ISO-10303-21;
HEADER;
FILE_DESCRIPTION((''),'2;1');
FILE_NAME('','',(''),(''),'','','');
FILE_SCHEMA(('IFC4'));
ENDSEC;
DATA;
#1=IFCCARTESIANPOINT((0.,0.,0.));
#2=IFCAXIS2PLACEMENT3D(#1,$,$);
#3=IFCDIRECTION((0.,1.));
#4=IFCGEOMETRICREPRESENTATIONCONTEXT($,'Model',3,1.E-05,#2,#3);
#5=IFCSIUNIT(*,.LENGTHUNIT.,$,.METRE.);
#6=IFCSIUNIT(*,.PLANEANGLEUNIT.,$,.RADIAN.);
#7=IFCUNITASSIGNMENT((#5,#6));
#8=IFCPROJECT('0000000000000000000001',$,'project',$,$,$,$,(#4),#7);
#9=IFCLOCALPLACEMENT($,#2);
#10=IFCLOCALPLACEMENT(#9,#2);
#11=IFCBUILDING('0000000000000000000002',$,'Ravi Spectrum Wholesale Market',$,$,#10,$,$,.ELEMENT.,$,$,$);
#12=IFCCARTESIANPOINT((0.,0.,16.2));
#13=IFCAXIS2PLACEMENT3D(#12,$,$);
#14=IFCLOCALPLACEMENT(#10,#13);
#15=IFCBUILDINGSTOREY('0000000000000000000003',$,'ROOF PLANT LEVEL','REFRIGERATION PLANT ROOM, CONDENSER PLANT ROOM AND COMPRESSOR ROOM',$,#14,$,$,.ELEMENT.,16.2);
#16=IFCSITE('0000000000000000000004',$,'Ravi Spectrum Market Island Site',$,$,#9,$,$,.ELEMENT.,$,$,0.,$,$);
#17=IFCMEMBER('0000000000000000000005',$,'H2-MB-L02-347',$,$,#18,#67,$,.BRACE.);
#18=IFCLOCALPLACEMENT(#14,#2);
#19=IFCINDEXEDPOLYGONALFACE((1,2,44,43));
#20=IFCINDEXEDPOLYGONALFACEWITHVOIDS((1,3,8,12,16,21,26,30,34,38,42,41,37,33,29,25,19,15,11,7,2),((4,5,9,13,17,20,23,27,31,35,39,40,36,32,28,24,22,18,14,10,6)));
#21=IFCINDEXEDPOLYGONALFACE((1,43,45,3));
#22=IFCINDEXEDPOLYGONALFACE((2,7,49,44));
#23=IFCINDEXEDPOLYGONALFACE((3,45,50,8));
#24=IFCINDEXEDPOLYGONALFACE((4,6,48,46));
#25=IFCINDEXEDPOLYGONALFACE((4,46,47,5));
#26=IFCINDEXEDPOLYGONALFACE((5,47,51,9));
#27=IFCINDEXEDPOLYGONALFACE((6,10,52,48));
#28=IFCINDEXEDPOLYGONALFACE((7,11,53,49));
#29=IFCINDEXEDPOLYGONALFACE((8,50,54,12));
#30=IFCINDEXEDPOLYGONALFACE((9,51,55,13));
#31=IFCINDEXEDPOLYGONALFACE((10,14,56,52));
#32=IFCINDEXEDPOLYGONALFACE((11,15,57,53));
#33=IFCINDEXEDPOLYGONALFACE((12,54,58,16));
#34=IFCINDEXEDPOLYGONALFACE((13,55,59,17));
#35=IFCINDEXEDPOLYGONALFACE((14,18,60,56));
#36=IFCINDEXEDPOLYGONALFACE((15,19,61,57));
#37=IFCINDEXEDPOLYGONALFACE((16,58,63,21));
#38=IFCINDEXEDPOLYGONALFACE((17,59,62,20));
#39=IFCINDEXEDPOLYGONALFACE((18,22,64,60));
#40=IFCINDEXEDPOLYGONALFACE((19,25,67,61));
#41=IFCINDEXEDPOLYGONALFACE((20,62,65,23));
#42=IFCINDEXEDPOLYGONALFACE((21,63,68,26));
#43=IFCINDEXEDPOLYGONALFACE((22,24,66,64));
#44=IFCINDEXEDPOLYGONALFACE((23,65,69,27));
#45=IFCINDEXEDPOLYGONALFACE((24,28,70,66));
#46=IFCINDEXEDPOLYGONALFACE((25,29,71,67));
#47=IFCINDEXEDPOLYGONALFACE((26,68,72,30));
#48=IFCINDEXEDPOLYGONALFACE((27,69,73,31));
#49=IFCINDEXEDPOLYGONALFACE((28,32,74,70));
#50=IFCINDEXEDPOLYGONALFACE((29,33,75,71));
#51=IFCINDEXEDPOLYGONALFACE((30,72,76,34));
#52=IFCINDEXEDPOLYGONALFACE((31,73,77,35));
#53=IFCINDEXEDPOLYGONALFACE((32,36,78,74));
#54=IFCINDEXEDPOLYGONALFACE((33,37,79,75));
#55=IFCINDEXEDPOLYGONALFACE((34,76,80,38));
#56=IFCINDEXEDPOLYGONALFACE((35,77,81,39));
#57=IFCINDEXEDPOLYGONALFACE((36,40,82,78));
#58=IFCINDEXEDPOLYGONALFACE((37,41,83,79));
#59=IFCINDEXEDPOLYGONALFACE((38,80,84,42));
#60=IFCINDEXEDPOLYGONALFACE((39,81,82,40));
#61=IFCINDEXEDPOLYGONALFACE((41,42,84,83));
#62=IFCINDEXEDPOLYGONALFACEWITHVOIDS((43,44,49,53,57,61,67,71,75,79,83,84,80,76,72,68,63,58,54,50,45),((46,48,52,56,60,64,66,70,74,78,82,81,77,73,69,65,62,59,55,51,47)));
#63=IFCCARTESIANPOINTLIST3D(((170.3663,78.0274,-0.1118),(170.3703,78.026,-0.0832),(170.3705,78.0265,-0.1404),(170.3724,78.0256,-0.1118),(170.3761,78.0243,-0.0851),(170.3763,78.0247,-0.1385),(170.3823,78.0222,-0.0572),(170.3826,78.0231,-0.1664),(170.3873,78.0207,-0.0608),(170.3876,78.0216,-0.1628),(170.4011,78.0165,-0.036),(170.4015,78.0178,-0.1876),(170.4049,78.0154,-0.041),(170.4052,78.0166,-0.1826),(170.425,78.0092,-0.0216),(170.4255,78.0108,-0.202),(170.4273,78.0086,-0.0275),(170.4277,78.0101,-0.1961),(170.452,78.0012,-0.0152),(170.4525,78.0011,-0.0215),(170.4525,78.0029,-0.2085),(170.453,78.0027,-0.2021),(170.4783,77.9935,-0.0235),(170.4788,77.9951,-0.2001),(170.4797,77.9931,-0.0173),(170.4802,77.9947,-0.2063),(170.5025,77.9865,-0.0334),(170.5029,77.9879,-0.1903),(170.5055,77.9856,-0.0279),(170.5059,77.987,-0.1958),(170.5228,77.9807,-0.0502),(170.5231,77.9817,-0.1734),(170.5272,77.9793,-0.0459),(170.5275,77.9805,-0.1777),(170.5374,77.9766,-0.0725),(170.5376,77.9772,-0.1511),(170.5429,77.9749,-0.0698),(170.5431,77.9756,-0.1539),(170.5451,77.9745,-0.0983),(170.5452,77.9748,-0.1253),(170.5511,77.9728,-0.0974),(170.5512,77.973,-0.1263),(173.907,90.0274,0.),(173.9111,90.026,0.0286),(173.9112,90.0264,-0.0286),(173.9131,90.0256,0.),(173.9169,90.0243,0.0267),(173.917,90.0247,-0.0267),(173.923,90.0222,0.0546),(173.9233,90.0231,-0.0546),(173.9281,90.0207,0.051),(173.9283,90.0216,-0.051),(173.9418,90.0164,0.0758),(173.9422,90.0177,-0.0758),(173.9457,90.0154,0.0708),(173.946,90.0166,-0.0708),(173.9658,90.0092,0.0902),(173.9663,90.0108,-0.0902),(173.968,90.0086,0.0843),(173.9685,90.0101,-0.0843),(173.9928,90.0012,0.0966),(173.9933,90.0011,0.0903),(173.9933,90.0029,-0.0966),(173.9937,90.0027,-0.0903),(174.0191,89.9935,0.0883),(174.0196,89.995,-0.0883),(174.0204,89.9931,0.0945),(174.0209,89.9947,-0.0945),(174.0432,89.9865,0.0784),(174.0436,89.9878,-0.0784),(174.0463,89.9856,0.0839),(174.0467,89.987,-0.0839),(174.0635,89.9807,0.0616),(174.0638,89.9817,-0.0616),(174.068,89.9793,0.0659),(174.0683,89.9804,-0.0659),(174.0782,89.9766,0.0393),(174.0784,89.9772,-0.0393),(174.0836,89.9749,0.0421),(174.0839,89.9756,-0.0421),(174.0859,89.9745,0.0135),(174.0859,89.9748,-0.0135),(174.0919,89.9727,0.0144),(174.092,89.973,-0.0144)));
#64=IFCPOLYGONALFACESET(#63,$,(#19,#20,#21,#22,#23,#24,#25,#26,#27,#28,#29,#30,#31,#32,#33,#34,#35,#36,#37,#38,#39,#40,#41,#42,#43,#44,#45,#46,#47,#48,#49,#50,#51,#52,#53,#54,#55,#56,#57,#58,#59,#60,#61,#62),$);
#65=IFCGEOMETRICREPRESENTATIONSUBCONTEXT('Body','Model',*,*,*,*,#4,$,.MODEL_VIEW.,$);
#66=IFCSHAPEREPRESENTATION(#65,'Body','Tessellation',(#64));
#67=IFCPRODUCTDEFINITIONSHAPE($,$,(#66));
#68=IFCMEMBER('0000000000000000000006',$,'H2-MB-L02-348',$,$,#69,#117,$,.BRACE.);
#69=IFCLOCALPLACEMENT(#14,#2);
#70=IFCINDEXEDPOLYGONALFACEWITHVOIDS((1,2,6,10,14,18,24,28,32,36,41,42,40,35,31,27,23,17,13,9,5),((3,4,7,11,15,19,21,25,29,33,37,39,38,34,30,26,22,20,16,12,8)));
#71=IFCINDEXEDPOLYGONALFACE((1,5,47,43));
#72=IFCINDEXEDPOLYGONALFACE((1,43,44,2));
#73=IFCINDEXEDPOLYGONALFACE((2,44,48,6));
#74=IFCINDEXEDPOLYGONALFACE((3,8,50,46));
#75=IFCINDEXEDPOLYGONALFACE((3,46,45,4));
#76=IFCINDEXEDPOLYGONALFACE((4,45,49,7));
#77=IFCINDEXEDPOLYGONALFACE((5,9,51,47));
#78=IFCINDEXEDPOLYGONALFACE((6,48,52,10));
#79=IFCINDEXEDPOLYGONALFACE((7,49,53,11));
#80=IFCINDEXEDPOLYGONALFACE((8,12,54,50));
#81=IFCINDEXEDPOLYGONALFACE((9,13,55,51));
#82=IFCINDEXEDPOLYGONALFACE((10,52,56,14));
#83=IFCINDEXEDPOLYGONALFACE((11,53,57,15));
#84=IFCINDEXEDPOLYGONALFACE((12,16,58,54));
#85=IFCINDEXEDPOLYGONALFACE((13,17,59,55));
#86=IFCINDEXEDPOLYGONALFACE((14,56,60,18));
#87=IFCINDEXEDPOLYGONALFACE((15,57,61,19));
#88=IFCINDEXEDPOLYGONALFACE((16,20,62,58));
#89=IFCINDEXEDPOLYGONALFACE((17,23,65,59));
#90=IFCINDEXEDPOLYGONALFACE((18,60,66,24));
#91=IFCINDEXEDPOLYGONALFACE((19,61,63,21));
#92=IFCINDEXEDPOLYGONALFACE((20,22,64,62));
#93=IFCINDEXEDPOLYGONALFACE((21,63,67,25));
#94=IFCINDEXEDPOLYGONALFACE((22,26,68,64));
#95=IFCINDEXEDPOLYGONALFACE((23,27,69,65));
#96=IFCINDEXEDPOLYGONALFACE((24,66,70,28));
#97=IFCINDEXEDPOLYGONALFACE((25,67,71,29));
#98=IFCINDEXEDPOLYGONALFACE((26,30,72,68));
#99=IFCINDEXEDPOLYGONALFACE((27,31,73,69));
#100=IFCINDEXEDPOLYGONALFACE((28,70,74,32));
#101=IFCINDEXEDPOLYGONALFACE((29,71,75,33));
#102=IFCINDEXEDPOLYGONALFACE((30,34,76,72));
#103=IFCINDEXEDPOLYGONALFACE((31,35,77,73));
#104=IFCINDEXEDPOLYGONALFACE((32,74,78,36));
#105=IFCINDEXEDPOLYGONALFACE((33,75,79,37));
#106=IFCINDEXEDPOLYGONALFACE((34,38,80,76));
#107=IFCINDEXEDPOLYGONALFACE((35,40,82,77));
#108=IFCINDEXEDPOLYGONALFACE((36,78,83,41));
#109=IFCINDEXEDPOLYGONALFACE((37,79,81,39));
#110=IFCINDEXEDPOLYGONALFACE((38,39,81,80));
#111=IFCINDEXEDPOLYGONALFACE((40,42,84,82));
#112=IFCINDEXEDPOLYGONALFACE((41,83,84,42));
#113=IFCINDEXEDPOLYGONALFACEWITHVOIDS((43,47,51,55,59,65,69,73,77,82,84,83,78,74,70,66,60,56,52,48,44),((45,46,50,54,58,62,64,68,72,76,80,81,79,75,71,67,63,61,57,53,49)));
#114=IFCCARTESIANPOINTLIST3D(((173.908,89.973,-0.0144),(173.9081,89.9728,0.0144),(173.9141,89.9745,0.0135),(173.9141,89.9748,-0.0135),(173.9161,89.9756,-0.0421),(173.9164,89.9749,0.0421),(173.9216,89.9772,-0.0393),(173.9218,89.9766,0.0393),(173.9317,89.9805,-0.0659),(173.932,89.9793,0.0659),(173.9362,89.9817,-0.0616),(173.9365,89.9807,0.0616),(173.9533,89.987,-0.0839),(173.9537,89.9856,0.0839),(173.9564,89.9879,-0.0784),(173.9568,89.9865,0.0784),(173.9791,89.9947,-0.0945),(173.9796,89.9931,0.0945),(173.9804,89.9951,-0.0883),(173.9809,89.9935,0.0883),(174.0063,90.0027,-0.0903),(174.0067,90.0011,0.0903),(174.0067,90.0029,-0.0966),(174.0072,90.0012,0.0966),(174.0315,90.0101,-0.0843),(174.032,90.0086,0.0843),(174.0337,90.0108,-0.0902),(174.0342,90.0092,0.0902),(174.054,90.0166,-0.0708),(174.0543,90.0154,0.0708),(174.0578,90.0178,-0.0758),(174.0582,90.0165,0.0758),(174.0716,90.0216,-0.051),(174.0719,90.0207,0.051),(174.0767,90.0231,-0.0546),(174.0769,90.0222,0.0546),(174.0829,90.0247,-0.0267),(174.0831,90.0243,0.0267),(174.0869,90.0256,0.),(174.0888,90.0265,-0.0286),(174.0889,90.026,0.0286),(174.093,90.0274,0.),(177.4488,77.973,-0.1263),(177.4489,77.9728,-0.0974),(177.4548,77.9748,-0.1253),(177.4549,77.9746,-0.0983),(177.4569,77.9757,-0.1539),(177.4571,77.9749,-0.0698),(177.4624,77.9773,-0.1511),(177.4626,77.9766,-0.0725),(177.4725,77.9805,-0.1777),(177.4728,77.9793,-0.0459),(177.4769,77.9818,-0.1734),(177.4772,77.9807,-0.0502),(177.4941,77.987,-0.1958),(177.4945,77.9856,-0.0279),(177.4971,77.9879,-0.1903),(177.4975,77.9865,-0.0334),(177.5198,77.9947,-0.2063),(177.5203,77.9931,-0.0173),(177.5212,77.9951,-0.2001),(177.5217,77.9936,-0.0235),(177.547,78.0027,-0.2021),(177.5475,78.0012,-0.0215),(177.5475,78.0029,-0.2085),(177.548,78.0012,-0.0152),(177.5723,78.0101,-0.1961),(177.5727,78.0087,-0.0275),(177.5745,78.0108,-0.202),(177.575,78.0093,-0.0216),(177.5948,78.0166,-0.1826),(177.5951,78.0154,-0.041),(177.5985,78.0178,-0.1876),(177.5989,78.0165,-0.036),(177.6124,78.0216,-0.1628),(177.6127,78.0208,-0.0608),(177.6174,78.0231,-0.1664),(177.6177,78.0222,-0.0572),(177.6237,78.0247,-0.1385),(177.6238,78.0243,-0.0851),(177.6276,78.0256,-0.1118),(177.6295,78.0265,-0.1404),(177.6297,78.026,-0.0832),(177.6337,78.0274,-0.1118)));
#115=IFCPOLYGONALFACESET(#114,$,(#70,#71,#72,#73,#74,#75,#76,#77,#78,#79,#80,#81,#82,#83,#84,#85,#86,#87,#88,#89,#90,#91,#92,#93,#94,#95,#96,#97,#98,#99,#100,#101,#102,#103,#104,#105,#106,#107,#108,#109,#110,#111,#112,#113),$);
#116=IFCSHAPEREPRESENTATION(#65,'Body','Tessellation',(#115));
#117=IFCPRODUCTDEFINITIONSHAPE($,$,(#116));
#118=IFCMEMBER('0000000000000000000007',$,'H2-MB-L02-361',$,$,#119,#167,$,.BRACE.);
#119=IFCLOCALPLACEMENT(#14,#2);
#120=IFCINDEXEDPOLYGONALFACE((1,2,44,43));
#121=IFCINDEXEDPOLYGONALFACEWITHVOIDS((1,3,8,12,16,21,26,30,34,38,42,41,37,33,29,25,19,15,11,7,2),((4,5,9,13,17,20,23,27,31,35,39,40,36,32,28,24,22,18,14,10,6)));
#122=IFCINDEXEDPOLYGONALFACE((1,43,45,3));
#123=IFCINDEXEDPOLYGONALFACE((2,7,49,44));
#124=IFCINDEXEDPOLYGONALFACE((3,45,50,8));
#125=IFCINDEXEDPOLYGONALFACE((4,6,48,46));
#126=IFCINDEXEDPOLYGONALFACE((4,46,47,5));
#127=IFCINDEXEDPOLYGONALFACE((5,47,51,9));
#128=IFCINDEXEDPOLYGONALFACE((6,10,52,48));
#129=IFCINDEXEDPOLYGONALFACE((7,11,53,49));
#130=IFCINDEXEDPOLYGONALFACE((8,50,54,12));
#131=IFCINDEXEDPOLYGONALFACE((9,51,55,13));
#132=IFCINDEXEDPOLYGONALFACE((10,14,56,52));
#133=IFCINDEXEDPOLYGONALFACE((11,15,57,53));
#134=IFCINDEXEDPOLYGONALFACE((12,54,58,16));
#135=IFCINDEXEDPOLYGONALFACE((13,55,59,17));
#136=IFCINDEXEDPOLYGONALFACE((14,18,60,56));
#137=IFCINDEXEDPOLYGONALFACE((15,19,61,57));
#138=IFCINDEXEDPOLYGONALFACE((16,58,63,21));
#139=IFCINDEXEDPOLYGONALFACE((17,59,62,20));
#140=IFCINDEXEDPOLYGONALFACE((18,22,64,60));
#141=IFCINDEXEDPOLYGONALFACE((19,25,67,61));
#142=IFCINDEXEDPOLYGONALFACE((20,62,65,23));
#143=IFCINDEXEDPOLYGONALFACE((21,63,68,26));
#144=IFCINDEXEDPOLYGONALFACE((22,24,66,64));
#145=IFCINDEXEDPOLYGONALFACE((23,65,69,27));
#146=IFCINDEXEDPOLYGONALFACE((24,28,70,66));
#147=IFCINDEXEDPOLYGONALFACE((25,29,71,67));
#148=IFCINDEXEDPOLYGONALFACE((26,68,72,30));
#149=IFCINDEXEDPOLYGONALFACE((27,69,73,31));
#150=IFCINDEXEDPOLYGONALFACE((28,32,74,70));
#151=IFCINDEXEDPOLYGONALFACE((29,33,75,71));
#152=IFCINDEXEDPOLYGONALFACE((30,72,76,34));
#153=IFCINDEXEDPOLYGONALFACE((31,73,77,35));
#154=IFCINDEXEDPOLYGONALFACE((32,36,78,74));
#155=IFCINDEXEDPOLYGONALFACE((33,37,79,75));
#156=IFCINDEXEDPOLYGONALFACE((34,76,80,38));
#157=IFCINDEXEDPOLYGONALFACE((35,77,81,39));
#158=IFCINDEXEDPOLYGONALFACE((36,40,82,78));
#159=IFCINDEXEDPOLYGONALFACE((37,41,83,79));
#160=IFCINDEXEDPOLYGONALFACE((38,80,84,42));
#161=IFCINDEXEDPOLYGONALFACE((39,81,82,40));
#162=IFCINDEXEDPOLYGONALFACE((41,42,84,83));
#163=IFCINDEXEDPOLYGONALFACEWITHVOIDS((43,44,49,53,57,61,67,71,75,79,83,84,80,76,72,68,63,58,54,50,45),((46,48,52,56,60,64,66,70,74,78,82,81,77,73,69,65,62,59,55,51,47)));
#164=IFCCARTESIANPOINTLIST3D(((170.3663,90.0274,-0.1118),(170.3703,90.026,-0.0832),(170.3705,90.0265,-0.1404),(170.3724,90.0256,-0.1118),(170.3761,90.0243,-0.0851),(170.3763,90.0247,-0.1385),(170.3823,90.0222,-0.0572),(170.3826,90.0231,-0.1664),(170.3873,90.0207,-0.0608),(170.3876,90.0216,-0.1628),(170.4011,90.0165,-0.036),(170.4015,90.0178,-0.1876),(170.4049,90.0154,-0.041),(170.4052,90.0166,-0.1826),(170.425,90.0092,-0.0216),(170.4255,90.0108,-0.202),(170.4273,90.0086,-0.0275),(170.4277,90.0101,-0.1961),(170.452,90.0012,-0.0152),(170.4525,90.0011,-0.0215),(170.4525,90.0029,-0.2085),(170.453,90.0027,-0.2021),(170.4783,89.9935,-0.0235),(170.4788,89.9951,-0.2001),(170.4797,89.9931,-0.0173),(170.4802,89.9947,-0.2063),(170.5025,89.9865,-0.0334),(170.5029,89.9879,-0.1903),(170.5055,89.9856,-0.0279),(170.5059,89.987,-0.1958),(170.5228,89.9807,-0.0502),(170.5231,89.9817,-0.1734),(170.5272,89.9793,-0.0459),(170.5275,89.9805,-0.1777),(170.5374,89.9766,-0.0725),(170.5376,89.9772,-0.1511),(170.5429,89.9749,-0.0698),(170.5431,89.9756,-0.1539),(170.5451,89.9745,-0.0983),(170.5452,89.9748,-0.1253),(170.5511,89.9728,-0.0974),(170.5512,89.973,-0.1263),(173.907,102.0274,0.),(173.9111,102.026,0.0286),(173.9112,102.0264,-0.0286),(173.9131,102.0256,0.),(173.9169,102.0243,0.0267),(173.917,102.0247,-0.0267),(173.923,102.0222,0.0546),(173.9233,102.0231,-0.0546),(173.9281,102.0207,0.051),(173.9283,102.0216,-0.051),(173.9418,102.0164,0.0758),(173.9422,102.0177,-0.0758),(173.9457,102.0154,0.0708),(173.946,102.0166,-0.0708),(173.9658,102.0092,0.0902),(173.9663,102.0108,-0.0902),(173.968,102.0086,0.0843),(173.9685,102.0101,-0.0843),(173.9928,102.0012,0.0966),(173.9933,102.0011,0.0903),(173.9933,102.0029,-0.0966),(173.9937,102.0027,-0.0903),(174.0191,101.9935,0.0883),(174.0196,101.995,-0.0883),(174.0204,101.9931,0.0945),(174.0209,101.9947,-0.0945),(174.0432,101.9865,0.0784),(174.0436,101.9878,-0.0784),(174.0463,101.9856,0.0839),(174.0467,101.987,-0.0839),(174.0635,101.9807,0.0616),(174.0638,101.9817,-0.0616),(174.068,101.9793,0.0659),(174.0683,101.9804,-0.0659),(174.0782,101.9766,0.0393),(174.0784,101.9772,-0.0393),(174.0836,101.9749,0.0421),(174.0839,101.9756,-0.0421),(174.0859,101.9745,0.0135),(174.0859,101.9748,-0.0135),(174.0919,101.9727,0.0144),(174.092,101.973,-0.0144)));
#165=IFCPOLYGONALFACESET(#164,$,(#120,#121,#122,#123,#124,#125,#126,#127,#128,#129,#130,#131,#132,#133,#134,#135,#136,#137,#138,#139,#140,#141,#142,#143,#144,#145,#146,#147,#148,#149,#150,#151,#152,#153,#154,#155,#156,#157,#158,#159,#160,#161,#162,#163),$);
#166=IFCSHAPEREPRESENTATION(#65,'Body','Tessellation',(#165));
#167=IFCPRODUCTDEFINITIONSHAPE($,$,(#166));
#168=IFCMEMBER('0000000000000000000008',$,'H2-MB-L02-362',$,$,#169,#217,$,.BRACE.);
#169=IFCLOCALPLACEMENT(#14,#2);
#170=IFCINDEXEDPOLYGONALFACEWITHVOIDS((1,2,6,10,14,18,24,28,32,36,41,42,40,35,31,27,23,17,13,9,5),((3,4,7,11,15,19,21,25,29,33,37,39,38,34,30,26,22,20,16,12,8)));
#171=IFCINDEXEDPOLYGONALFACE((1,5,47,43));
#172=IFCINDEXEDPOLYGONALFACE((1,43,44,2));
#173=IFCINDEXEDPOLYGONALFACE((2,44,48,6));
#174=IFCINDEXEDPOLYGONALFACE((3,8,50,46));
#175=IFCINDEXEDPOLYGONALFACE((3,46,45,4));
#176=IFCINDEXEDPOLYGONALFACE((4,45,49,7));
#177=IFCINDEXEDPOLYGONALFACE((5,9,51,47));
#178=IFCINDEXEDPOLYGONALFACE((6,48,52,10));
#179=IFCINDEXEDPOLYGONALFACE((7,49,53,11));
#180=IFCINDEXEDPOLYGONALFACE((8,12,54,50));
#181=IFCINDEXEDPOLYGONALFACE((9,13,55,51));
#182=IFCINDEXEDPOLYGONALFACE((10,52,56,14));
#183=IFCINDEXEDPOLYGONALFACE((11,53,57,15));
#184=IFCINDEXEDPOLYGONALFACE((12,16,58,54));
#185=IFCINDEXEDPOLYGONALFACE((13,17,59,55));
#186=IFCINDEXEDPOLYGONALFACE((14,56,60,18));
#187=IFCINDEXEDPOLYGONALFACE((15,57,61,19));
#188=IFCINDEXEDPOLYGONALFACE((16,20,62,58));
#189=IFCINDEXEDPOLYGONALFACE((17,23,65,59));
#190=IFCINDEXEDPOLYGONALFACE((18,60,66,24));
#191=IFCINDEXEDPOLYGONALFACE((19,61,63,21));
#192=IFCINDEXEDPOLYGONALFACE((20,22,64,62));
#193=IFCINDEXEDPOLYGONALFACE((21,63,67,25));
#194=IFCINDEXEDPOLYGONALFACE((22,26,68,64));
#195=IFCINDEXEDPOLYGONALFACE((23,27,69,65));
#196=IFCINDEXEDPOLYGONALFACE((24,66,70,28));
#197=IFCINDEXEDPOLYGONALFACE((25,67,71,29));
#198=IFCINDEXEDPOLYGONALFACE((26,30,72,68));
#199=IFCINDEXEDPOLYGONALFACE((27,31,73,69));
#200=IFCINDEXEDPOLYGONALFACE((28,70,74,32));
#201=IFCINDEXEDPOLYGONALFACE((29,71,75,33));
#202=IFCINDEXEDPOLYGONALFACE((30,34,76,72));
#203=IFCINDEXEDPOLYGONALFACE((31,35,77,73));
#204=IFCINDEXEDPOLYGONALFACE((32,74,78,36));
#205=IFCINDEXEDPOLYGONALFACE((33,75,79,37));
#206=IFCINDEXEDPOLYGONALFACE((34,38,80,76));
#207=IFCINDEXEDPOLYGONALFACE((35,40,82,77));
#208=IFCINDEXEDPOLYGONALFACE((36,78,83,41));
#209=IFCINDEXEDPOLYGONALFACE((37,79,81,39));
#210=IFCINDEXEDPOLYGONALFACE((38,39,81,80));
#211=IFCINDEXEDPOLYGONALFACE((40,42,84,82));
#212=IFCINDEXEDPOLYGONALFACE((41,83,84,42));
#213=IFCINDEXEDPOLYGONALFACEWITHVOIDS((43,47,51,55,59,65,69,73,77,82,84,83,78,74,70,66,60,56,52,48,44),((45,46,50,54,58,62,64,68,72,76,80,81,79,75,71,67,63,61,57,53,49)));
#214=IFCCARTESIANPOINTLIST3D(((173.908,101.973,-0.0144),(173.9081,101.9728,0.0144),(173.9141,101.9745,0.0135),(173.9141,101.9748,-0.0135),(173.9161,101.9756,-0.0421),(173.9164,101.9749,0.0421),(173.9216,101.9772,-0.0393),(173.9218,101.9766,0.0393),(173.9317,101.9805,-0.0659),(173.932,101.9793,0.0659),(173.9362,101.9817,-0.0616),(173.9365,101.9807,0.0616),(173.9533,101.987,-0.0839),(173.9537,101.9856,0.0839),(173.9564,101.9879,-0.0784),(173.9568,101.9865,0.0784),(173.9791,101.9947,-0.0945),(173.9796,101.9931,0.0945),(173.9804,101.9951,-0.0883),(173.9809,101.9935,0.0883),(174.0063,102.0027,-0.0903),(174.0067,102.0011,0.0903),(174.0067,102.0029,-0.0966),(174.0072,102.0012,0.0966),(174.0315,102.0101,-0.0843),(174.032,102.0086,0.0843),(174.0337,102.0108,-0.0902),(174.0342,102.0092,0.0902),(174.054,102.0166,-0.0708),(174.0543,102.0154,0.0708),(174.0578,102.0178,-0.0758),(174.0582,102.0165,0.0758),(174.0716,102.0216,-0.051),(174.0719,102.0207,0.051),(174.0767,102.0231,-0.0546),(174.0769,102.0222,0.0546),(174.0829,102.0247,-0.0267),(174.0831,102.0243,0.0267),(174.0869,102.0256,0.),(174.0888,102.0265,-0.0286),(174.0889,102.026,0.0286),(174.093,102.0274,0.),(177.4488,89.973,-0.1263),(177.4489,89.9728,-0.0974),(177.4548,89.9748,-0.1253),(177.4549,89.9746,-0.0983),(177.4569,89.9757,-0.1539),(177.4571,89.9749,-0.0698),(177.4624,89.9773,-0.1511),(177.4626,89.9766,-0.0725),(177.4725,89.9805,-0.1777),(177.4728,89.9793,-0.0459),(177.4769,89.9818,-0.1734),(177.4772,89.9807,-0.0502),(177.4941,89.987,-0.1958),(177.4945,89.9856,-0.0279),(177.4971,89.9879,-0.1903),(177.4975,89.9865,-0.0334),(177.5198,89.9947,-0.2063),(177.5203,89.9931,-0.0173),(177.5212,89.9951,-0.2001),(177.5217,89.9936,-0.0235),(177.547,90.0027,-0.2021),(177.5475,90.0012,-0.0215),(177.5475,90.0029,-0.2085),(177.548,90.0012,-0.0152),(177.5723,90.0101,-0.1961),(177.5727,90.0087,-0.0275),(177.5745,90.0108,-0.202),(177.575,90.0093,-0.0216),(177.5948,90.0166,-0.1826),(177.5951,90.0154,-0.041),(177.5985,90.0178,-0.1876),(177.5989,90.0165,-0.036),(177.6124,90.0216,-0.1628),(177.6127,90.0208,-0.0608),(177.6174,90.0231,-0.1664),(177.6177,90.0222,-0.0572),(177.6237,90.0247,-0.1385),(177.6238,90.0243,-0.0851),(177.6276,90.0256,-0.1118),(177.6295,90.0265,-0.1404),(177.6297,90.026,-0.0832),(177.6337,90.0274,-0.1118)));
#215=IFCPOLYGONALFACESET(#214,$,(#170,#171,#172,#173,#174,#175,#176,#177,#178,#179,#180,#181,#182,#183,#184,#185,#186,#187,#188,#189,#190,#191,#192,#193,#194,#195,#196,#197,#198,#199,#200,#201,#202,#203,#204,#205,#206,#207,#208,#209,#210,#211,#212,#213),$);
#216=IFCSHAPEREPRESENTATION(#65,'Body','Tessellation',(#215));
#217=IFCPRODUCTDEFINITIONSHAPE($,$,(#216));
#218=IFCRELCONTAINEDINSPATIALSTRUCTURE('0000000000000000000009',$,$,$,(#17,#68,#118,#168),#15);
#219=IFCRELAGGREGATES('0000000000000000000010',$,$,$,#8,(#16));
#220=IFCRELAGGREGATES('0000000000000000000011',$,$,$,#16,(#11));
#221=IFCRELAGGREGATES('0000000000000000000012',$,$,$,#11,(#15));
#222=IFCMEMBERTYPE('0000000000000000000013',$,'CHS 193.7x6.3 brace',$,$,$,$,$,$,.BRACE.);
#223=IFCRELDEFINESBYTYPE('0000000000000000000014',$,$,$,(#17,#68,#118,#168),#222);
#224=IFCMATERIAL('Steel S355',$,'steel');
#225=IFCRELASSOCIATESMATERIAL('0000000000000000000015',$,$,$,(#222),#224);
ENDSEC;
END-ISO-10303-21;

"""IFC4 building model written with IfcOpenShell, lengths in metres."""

from ifc_helpers import new_model, si_unit, direction, frame, origin, origin_2d, place, context, subcontext, project, spatial, hollow_circle, extrude, material, material_profile, profile_set, type_object, element, save


model = new_model("IFC4")

# Units and contexts
model_context = context("Model", 3, precision=1e-05, world=origin(), true_north=direction((0.0, 1.0)))
body_context = subcontext(model_context, "Body", "Model", "MODEL_VIEW")
ifc_project = project(units=[si_unit("LENGTHUNIT", "METRE"), si_unit("PLANEANGLEUNIT", "RADIAN")], contexts=[model_context])

# Site, building, storey
site_placement = place(None, origin())
site = spatial("IfcSite", under=ifc_project, at=site_placement, Name="Ravi Spectrum Market Island Site", CompositionType="ELEMENT", RefElevation=0.0)
building_placement = place(site_placement, origin())
building = spatial("IfcBuilding", under=site, at=building_placement, Name="Ravi Spectrum Wholesale Market", CompositionType="ELEMENT")
storey_placement = place(building_placement, frame((0.0, 0.0, 16.2)))
storey = spatial("IfcBuildingStorey", under=building, at=storey_placement, Name="ROOF PLANT LEVEL", Description="REFRIGERATION PLANT ROOM, CONDENSER PLANT ROOM AND COMPRESSOR ROOM", CompositionType="ELEMENT", Elevation=16.2)

# Members
ifc_material_1 = material(Name="Steel S355", Category="steel")
ifc_material_profile_1 = material_profile(ifc_material_1, hollow_circle(Radius=0.0969, WallThickness=0.0063, at=origin_2d()))
ifc_profile_set_1 = profile_set([ifc_material_profile_1], Name="Steel S355")
member_type_1 = type_object("IfcMemberType", Name="CHS 193.7x6.3 brace", PredefinedType="BRACE", material=ifc_profile_set_1)
for number, where, z_axis, x_axis, name in (
    (1, (170.4592, 78.0, -0.1118), (0.282991, 0.959081, 0.008937), (-0.959119, 0.283002, 0.0), "H2-MB-L02-347"),
    (2, (174.0, 90.0, 0.0), (0.282991, -0.959081, -0.008937), (0.959119, 0.283002, 0.0), "H2-MB-L02-348"),
    (3, (170.4592, 90.0, -0.1118), (0.282991, 0.959081, 0.008937), (-0.959119, 0.283002, 0.0), "H2-MB-L02-361"),
    (4, (174.0, 102.0, 0.0), (0.282991, -0.959081, -0.008937), (0.959119, 0.283002, 0.0), "H2-MB-L02-362"),
):
    element("IfcMember", number, at=place(storey_placement, frame(where, z_axis=z_axis, x_axis=x_axis)), inside=storey, type_object=member_type_1, Name=name, PredefinedType="BRACE", context=body_context, shape_type="SweptSolid", body=[
        extrude(hollow_circle(Radius=0.0969, WallThickness=0.0063, at=origin_2d()), origin(), (0.0, 0.0, 1.0), 12.512),
    ])

save(model, "model.ifc")
